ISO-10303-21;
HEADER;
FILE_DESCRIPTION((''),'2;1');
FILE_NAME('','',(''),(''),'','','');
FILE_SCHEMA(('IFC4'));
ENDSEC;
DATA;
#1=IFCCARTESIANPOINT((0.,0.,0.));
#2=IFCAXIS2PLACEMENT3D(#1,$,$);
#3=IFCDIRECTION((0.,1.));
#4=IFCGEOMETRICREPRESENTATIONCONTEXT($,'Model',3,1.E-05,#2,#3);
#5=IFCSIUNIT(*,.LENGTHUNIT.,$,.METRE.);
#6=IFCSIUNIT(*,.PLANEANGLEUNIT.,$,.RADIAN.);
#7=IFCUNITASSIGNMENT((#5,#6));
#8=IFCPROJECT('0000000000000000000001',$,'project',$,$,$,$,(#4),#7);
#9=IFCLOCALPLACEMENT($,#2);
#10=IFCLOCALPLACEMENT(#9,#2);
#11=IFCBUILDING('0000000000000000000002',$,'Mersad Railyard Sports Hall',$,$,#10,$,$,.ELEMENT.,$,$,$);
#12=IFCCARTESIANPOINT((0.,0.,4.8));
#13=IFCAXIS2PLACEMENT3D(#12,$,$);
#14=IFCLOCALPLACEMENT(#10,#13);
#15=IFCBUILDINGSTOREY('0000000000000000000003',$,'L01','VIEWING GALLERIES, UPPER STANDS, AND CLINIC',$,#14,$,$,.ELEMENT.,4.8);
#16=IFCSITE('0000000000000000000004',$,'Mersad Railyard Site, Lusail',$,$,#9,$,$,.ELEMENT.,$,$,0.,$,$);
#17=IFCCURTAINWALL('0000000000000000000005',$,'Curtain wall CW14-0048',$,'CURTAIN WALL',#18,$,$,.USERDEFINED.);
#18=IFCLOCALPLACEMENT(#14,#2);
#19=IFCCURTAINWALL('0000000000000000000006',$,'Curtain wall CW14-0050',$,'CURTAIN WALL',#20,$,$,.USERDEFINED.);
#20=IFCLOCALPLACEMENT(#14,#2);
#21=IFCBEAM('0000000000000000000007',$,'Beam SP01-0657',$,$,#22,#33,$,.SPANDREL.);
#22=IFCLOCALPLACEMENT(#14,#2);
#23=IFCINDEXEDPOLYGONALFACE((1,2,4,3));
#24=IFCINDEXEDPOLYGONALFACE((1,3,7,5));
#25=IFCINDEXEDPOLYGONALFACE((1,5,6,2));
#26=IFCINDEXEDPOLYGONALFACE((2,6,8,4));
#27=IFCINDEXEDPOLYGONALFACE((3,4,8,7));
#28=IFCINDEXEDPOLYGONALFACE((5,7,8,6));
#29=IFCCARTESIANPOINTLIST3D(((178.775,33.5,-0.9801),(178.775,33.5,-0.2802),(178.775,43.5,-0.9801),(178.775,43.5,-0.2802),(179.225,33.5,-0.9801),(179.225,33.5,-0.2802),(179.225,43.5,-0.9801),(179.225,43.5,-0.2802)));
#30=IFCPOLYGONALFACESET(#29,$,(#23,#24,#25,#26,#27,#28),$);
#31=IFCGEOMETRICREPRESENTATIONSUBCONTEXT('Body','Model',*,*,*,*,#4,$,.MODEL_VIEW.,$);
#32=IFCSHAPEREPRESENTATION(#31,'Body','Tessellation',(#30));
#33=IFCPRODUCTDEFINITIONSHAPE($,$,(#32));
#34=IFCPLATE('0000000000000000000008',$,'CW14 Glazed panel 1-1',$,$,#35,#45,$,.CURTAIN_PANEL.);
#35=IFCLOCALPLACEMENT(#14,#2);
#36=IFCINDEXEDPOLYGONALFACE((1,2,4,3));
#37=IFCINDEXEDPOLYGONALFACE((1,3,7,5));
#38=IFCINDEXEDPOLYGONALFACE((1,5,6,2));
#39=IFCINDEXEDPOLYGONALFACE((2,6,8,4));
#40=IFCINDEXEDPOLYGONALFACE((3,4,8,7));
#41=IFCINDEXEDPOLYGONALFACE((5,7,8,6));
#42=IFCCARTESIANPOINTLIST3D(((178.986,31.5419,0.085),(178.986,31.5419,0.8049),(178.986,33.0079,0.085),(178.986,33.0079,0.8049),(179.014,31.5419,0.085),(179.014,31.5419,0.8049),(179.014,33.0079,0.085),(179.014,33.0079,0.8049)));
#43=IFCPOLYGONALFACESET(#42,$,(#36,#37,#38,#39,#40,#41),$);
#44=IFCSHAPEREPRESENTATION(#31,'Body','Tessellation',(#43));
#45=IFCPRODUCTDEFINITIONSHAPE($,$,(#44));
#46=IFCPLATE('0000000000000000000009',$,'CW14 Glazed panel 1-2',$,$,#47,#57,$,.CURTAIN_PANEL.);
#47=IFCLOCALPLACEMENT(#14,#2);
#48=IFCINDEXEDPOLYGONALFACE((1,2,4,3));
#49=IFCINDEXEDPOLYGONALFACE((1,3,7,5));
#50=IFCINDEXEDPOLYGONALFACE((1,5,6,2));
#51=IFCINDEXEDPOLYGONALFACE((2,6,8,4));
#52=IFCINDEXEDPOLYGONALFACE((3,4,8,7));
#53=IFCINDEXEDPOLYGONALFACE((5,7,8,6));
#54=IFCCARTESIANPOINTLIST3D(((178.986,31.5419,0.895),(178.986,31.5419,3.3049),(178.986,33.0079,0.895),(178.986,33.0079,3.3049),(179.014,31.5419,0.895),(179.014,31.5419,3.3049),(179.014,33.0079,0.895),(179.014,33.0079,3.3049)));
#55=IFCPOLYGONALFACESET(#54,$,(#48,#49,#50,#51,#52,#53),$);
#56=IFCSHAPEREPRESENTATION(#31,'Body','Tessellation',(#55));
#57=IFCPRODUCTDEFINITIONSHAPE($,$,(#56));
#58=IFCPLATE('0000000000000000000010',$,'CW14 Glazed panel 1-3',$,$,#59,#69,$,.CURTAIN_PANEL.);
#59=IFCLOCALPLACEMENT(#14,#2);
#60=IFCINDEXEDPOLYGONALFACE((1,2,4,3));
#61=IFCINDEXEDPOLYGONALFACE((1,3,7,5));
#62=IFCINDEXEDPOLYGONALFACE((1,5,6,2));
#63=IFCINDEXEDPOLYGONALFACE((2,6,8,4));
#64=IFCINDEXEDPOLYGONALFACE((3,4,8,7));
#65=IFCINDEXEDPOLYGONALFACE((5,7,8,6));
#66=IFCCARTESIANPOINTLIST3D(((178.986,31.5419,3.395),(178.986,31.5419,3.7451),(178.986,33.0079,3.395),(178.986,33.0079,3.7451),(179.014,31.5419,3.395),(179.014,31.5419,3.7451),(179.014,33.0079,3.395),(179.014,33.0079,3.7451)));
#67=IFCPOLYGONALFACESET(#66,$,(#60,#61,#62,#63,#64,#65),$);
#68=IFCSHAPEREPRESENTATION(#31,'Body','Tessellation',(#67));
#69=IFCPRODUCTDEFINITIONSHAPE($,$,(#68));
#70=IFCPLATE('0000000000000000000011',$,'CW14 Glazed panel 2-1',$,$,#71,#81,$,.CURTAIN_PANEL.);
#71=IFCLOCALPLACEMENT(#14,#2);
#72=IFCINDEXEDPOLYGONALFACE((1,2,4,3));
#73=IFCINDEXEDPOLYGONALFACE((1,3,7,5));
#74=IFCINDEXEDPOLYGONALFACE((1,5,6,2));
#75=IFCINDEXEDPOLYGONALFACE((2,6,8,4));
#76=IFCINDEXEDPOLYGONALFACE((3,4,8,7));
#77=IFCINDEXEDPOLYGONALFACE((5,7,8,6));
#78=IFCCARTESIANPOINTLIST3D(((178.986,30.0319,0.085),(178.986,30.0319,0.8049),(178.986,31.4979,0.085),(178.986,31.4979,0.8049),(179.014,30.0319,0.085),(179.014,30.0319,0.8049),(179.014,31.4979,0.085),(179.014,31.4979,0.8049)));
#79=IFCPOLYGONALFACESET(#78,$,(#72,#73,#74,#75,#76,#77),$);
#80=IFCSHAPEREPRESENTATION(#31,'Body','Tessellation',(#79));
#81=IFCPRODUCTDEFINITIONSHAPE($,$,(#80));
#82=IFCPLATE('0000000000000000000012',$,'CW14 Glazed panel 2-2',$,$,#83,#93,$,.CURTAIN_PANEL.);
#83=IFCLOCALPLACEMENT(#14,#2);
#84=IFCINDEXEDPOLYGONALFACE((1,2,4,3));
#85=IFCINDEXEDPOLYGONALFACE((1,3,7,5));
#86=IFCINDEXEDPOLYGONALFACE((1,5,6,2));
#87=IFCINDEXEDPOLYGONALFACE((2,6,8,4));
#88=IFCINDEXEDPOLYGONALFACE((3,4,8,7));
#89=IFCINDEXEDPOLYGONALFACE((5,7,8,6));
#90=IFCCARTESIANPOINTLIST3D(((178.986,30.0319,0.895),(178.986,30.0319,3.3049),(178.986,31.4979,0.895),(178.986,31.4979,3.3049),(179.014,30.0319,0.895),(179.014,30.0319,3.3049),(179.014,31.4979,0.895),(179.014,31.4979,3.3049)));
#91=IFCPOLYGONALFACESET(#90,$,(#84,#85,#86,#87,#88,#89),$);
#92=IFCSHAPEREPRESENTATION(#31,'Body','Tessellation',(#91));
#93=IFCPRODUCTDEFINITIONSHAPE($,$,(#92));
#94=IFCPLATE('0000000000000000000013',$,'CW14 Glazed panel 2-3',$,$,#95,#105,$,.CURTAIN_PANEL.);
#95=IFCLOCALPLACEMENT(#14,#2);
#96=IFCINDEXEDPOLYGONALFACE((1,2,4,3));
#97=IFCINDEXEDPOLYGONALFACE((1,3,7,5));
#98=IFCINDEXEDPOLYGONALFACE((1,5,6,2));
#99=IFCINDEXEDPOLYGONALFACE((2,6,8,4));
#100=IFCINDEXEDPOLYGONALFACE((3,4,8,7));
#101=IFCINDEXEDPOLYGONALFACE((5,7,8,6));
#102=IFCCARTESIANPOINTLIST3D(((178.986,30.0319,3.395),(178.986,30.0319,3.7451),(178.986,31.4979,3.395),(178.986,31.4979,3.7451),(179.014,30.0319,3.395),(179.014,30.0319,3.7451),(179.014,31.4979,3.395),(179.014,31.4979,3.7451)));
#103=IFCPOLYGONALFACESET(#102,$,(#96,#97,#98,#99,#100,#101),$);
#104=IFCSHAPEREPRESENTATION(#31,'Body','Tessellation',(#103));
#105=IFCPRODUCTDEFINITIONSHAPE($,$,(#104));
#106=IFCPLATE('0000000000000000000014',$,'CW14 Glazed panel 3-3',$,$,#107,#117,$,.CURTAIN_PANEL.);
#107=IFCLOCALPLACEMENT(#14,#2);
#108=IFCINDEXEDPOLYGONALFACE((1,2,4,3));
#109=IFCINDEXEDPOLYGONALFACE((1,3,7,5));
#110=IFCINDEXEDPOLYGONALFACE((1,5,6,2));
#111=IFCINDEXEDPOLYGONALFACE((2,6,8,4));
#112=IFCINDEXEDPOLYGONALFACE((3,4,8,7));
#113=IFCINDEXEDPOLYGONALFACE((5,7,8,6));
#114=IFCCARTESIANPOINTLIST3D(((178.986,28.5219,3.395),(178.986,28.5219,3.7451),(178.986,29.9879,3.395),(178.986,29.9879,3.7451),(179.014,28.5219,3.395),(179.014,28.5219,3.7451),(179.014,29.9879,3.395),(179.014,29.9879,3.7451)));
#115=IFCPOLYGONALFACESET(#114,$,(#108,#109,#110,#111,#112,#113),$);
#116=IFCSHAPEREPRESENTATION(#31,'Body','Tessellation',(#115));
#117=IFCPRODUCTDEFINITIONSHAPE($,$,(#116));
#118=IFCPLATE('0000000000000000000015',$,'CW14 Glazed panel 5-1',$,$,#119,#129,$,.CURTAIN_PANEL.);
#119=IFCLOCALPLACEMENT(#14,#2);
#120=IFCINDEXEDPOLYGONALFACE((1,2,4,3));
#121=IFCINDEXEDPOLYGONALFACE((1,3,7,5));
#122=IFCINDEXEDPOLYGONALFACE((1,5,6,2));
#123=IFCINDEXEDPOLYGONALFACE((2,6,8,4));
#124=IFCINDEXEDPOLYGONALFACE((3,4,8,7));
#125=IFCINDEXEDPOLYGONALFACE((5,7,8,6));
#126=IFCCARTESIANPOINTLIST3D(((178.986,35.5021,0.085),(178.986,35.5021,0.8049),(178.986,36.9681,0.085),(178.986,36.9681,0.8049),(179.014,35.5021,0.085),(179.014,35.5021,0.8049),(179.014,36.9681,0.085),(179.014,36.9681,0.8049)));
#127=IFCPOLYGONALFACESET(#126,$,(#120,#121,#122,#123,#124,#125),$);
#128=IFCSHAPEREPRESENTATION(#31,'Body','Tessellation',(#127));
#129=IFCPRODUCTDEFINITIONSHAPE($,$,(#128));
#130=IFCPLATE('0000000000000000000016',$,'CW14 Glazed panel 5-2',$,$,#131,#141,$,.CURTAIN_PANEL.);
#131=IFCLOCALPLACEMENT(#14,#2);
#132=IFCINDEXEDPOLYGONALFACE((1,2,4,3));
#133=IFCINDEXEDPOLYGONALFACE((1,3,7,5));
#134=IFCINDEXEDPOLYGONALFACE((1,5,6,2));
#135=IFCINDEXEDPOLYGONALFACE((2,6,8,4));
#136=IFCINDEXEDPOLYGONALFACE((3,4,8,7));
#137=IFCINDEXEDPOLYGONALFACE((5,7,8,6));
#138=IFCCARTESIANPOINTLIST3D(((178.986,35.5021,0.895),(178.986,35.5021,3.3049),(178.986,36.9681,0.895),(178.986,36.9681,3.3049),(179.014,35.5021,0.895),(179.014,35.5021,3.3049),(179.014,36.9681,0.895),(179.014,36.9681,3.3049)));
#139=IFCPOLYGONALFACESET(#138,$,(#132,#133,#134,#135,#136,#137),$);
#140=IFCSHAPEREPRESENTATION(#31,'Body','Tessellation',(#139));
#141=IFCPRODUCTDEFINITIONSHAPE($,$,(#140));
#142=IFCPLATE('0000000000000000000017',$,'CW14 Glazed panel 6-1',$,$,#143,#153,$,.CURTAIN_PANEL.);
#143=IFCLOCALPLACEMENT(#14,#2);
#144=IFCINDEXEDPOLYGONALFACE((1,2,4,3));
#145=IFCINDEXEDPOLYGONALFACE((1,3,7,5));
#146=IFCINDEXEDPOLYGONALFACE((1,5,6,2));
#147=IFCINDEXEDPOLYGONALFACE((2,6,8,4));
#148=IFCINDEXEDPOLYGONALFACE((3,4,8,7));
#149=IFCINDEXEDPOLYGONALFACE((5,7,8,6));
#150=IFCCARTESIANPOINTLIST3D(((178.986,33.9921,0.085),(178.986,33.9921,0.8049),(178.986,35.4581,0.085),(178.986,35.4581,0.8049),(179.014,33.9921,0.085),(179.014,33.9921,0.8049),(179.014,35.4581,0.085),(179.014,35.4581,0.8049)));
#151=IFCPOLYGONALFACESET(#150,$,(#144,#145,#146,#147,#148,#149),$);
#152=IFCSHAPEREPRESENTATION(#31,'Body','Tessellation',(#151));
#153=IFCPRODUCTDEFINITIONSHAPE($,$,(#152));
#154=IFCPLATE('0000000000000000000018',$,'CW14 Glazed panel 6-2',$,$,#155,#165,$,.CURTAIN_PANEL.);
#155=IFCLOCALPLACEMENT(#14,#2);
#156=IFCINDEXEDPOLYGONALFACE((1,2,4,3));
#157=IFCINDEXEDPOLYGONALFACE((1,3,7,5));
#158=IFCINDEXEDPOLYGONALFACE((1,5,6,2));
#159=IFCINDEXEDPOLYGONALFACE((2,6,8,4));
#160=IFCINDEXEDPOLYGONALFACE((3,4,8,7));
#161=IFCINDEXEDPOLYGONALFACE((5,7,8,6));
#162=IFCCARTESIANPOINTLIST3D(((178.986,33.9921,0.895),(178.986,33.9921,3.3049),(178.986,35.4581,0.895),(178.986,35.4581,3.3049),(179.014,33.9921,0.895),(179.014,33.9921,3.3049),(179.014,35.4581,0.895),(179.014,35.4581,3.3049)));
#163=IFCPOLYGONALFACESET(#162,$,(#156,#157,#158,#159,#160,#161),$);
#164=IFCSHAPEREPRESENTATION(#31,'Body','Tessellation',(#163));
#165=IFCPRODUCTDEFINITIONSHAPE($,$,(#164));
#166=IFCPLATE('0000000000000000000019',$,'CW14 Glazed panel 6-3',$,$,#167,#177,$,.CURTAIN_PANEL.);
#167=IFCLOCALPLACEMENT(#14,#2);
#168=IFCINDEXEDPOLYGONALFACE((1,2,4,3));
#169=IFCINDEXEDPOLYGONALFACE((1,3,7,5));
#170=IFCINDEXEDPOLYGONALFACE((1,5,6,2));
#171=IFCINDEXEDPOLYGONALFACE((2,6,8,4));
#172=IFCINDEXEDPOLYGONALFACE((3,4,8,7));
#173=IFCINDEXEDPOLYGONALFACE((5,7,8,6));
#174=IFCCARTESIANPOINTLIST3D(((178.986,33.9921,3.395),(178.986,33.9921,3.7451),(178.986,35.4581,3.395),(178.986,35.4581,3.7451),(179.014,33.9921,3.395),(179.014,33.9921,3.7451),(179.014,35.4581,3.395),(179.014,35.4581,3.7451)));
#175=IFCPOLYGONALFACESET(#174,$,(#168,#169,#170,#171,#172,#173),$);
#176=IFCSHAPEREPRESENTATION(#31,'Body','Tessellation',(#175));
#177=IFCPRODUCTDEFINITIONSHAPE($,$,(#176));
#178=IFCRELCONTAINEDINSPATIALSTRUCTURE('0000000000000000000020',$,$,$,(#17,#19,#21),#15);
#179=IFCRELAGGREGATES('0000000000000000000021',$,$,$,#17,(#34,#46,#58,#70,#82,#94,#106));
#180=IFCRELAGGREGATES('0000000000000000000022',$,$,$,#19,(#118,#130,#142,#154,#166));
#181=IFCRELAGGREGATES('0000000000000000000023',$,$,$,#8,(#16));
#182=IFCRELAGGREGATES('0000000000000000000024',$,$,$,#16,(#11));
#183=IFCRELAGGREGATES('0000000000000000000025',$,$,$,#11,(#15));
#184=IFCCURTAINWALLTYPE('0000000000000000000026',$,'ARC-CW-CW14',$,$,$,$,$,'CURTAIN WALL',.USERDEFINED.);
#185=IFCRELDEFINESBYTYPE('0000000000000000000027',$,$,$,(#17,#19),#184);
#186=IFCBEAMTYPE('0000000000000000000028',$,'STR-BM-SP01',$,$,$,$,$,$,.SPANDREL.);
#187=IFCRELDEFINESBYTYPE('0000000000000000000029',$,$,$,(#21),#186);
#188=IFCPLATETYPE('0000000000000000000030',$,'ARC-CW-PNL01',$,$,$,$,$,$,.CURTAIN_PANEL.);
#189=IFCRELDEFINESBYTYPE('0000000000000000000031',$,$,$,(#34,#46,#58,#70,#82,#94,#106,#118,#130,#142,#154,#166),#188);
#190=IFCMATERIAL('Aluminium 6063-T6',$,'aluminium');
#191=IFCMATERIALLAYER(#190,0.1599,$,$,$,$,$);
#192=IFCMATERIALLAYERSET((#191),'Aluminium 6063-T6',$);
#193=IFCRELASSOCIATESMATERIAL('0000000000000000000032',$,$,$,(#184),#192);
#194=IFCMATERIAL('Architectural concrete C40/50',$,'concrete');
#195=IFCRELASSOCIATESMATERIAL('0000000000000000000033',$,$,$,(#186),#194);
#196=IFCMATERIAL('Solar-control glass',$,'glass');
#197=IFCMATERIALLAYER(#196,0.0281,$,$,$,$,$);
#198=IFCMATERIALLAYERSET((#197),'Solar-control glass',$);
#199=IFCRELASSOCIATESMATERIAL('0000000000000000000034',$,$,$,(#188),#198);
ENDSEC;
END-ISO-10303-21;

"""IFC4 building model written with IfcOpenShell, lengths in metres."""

from ifc_helpers import new_model, si_unit, direction, frame, origin, origin_2d, place, context, subcontext, project, spatial, rectangle, extrude, material, layer, layer_set, material_profile, profile_set, type_object, element, aggregate, save


model = new_model("IFC4")

# Units and contexts
model_context = context("Model", 3, precision=1e-05, world=origin(), true_north=direction((0.0, 1.0)))
body_context = subcontext(model_context, "Body", "Model", "MODEL_VIEW")
ifc_project = project(units=[si_unit("LENGTHUNIT", "METRE"), si_unit("PLANEANGLEUNIT", "RADIAN")], contexts=[model_context])

# Site, building, storey
site_placement = place(None, origin())
site = spatial("IfcSite", under=ifc_project, at=site_placement, Name="Mersad Railyard Site, Lusail", CompositionType="ELEMENT", RefElevation=0.0)
building_placement = place(site_placement, origin())
building = spatial("IfcBuilding", under=site, at=building_placement, Name="Mersad Railyard Sports Hall", CompositionType="ELEMENT")
storey_placement = place(building_placement, frame((0.0, 0.0, 4.8)))
storey = spatial("IfcBuildingStorey", under=building, at=storey_placement, Name="L01", Description="VIEWING GALLERIES, UPPER STANDS, AND CLINIC", CompositionType="ELEMENT", Elevation=4.8)

# Curtain walls
ifc_material_1 = material(Name="Aluminium 6063-T6", Category="aluminium")
ifc_layer_1 = layer(ifc_material_1, 0.1599)
ifc_layer_set_1 = layer_set([ifc_layer_1], Name="Aluminium 6063-T6")
curtain_wall_type = type_object("IfcCurtainWallType", Name="ARC-CW-CW14", ElementType="CURTAIN WALL", PredefinedType="USERDEFINED", material=ifc_layer_set_1)
curtain_wall_1_placement = place(storey_placement, origin())
curtain_wall_1 = element("IfcCurtainWall", 1, at=curtain_wall_1_placement, inside=storey, type_object=curtain_wall_type, Name="Curtain wall CW14-0048", ObjectType="CURTAIN WALL", PredefinedType="USERDEFINED")
curtain_wall_2_placement = place(storey_placement, origin())
curtain_wall_2 = element("IfcCurtainWall", 2, at=curtain_wall_2_placement, inside=storey, type_object=curtain_wall_type, Name="Curtain wall CW14-0050", ObjectType="CURTAIN WALL", PredefinedType="USERDEFINED")

# Beam
ifc_material_2 = material(Name="Architectural concrete C40/50", Category="concrete")
ifc_material_profile_1 = material_profile(ifc_material_2, rectangle(XDim=0.45, YDim=0.7, at=origin_2d()), Name="RC 450x700")
ifc_profile_set_1 = profile_set([ifc_material_profile_1], Name="Architectural concrete C40/50")
beam_type = type_object("IfcBeamType", Name="STR-BM-SP01", PredefinedType="SPANDREL", material=ifc_profile_set_1)
beam_placement = place(storey_placement, frame((179.0, 33.5, -0.6301), z_axis=(0.0, 1.0, 0.0), x_axis=(-1.0, 0.0, 0.0)))
element("IfcBeam", 3, at=beam_placement, inside=storey, type_object=beam_type, Name="Beam SP01-0657", PredefinedType="SPANDREL", context=body_context, shape_type="SweptSolid", body=[
    extrude(rectangle(XDim=0.45, YDim=0.7, at=origin_2d()), origin(), (0.0, 0.0, 1.0), 10.0),
])

# Plates
ifc_material_3 = material(Name="Solar-control glass", Category="glass")
ifc_layer_2 = layer(ifc_material_3, 0.0281)
ifc_layer_set_2 = layer_set([ifc_layer_2], Name="Solar-control glass")
plate_type = type_object("IfcPlateType", Name="ARC-CW-PNL01", PredefinedType="CURTAIN_PANEL", material=ifc_layer_set_2)
plate_1_placement = place(storey_placement, frame((179.0, 32.2749, 0.085), z_axis=(0.0, 0.0, 1.0), x_axis=(0.0, -1.0, 0.0)))
plate_1 = element("IfcPlate", 4, at=plate_1_placement, type_object=plate_type, Name="CW14 Glazed panel 1-1", PredefinedType="CURTAIN_PANEL", context=body_context, shape_type="SweptSolid", body=[
    extrude(rectangle(XDim=1.4661, YDim=0.0281, at=origin_2d()), origin(), (0.0, 0.0, 1.0), 0.72),
])
plate_2_placement = place(storey_placement, frame((179.0, 32.2749, 0.895), z_axis=(0.0, 0.0, 1.0), x_axis=(0.0, -1.0, 0.0)))
plate_2 = element("IfcPlate", 5, at=plate_2_placement, type_object=plate_type, Name="CW14 Glazed panel 1-2", PredefinedType="CURTAIN_PANEL", context=body_context, shape_type="SweptSolid", body=[
    extrude(rectangle(XDim=1.4661, YDim=0.0281, at=origin_2d()), origin(), (0.0, 0.0, 1.0), 2.4099),
])
plate_3_placement = place(storey_placement, frame((179.0, 32.2749, 3.395), z_axis=(0.0, 0.0, 1.0), x_axis=(0.0, -1.0, 0.0)))
plate_3 = element("IfcPlate", 6, at=plate_3_placement, type_object=plate_type, Name="CW14 Glazed panel 1-3", PredefinedType="CURTAIN_PANEL", context=body_context, shape_type="SweptSolid", body=[
    extrude(rectangle(XDim=1.4661, YDim=0.0281, at=origin_2d()), origin(), (0.0, 0.0, 1.0), 0.3501),
])
plate_4_placement = place(storey_placement, frame((179.0, 30.7649, 0.085), z_axis=(0.0, 0.0, 1.0), x_axis=(0.0, -1.0, 0.0)))
plate_4 = element("IfcPlate", 7, at=plate_4_placement, type_object=plate_type, Name="CW14 Glazed panel 2-1", PredefinedType="CURTAIN_PANEL", context=body_context, shape_type="SweptSolid", body=[
    extrude(rectangle(XDim=1.4661, YDim=0.0281, at=origin_2d()), origin(), (0.0, 0.0, 1.0), 0.72),
])
plate_5_placement = place(storey_placement, frame((179.0, 30.7649, 0.895), z_axis=(0.0, 0.0, 1.0), x_axis=(0.0, -1.0, 0.0)))
plate_5 = element("IfcPlate", 8, at=plate_5_placement, type_object=plate_type, Name="CW14 Glazed panel 2-2", PredefinedType="CURTAIN_PANEL", context=body_context, shape_type="SweptSolid", body=[
    extrude(rectangle(XDim=1.4661, YDim=0.0281, at=origin_2d()), origin(), (0.0, 0.0, 1.0), 2.4099),
])
plate_6_placement = place(storey_placement, frame((179.0, 30.7649, 3.395), z_axis=(0.0, 0.0, 1.0), x_axis=(0.0, -1.0, 0.0)))
plate_6 = element("IfcPlate", 9, at=plate_6_placement, type_object=plate_type, Name="CW14 Glazed panel 2-3", PredefinedType="CURTAIN_PANEL", context=body_context, shape_type="SweptSolid", body=[
    extrude(rectangle(XDim=1.4661, YDim=0.0281, at=origin_2d()), origin(), (0.0, 0.0, 1.0), 0.3501),
])
plate_7_placement = place(storey_placement, frame((179.0, 29.2549, 3.395), z_axis=(0.0, 0.0, 1.0), x_axis=(0.0, -1.0, 0.0)))
plate_7 = element("IfcPlate", 10, at=plate_7_placement, type_object=plate_type, Name="CW14 Glazed panel 3-3", PredefinedType="CURTAIN_PANEL", context=body_context, shape_type="SweptSolid", body=[
    extrude(rectangle(XDim=1.4661, YDim=0.0281, at=origin_2d()), origin(), (0.0, 0.0, 1.0), 0.3501),
])
aggregate(curtain_wall_1, [plate_1, plate_2, plate_3, plate_4, plate_5, plate_6, plate_7])
plate_8_placement = place(storey_placement, frame((179.0, 36.2351, 0.085), z_axis=(0.0, 0.0, 1.0), x_axis=(0.0, -1.0, 0.0)))
plate_8 = element("IfcPlate", 11, at=plate_8_placement, type_object=plate_type, Name="CW14 Glazed panel 5-1", PredefinedType="CURTAIN_PANEL", context=body_context, shape_type="SweptSolid", body=[
    extrude(rectangle(XDim=1.4661, YDim=0.0281, at=origin_2d()), origin(), (0.0, 0.0, 1.0), 0.72),
])
plate_9_placement = place(storey_placement, frame((179.0, 36.2351, 0.895), z_axis=(0.0, 0.0, 1.0), x_axis=(0.0, -1.0, 0.0)))
plate_9 = element("IfcPlate", 12, at=plate_9_placement, type_object=plate_type, Name="CW14 Glazed panel 5-2", PredefinedType="CURTAIN_PANEL", context=body_context, shape_type="SweptSolid", body=[
    extrude(rectangle(XDim=1.4661, YDim=0.0281, at=origin_2d()), origin(), (0.0, 0.0, 1.0), 2.4099),
])
plate_10_placement = place(storey_placement, frame((179.0, 34.7251, 0.085), z_axis=(0.0, 0.0, 1.0), x_axis=(0.0, -1.0, 0.0)))
plate_10 = element("IfcPlate", 13, at=plate_10_placement, type_object=plate_type, Name="CW14 Glazed panel 6-1", PredefinedType="CURTAIN_PANEL", context=body_context, shape_type="SweptSolid", body=[
    extrude(rectangle(XDim=1.4661, YDim=0.0281, at=origin_2d()), origin(), (0.0, 0.0, 1.0), 0.72),
])
plate_11_placement = place(storey_placement, frame((179.0, 34.7251, 0.895), z_axis=(0.0, 0.0, 1.0), x_axis=(0.0, -1.0, 0.0)))
plate_11 = element("IfcPlate", 14, at=plate_11_placement, type_object=plate_type, Name="CW14 Glazed panel 6-2", PredefinedType="CURTAIN_PANEL", context=body_context, shape_type="SweptSolid", body=[
    extrude(rectangle(XDim=1.4661, YDim=0.0281, at=origin_2d()), origin(), (0.0, 0.0, 1.0), 2.4099),
])
plate_12_placement = place(storey_placement, frame((179.0, 34.7251, 3.395), z_axis=(0.0, 0.0, 1.0), x_axis=(0.0, -1.0, 0.0)))
plate_12 = element("IfcPlate", 15, at=plate_12_placement, type_object=plate_type, Name="CW14 Glazed panel 6-3", PredefinedType="CURTAIN_PANEL", context=body_context, shape_type="SweptSolid", body=[
    extrude(rectangle(XDim=1.4661, YDim=0.0281, at=origin_2d()), origin(), (0.0, 0.0, 1.0), 0.3501),
])
aggregate(curtain_wall_2, [plate_8, plate_9, plate_10, plate_11, plate_12])

save(model, "model.ifc")
